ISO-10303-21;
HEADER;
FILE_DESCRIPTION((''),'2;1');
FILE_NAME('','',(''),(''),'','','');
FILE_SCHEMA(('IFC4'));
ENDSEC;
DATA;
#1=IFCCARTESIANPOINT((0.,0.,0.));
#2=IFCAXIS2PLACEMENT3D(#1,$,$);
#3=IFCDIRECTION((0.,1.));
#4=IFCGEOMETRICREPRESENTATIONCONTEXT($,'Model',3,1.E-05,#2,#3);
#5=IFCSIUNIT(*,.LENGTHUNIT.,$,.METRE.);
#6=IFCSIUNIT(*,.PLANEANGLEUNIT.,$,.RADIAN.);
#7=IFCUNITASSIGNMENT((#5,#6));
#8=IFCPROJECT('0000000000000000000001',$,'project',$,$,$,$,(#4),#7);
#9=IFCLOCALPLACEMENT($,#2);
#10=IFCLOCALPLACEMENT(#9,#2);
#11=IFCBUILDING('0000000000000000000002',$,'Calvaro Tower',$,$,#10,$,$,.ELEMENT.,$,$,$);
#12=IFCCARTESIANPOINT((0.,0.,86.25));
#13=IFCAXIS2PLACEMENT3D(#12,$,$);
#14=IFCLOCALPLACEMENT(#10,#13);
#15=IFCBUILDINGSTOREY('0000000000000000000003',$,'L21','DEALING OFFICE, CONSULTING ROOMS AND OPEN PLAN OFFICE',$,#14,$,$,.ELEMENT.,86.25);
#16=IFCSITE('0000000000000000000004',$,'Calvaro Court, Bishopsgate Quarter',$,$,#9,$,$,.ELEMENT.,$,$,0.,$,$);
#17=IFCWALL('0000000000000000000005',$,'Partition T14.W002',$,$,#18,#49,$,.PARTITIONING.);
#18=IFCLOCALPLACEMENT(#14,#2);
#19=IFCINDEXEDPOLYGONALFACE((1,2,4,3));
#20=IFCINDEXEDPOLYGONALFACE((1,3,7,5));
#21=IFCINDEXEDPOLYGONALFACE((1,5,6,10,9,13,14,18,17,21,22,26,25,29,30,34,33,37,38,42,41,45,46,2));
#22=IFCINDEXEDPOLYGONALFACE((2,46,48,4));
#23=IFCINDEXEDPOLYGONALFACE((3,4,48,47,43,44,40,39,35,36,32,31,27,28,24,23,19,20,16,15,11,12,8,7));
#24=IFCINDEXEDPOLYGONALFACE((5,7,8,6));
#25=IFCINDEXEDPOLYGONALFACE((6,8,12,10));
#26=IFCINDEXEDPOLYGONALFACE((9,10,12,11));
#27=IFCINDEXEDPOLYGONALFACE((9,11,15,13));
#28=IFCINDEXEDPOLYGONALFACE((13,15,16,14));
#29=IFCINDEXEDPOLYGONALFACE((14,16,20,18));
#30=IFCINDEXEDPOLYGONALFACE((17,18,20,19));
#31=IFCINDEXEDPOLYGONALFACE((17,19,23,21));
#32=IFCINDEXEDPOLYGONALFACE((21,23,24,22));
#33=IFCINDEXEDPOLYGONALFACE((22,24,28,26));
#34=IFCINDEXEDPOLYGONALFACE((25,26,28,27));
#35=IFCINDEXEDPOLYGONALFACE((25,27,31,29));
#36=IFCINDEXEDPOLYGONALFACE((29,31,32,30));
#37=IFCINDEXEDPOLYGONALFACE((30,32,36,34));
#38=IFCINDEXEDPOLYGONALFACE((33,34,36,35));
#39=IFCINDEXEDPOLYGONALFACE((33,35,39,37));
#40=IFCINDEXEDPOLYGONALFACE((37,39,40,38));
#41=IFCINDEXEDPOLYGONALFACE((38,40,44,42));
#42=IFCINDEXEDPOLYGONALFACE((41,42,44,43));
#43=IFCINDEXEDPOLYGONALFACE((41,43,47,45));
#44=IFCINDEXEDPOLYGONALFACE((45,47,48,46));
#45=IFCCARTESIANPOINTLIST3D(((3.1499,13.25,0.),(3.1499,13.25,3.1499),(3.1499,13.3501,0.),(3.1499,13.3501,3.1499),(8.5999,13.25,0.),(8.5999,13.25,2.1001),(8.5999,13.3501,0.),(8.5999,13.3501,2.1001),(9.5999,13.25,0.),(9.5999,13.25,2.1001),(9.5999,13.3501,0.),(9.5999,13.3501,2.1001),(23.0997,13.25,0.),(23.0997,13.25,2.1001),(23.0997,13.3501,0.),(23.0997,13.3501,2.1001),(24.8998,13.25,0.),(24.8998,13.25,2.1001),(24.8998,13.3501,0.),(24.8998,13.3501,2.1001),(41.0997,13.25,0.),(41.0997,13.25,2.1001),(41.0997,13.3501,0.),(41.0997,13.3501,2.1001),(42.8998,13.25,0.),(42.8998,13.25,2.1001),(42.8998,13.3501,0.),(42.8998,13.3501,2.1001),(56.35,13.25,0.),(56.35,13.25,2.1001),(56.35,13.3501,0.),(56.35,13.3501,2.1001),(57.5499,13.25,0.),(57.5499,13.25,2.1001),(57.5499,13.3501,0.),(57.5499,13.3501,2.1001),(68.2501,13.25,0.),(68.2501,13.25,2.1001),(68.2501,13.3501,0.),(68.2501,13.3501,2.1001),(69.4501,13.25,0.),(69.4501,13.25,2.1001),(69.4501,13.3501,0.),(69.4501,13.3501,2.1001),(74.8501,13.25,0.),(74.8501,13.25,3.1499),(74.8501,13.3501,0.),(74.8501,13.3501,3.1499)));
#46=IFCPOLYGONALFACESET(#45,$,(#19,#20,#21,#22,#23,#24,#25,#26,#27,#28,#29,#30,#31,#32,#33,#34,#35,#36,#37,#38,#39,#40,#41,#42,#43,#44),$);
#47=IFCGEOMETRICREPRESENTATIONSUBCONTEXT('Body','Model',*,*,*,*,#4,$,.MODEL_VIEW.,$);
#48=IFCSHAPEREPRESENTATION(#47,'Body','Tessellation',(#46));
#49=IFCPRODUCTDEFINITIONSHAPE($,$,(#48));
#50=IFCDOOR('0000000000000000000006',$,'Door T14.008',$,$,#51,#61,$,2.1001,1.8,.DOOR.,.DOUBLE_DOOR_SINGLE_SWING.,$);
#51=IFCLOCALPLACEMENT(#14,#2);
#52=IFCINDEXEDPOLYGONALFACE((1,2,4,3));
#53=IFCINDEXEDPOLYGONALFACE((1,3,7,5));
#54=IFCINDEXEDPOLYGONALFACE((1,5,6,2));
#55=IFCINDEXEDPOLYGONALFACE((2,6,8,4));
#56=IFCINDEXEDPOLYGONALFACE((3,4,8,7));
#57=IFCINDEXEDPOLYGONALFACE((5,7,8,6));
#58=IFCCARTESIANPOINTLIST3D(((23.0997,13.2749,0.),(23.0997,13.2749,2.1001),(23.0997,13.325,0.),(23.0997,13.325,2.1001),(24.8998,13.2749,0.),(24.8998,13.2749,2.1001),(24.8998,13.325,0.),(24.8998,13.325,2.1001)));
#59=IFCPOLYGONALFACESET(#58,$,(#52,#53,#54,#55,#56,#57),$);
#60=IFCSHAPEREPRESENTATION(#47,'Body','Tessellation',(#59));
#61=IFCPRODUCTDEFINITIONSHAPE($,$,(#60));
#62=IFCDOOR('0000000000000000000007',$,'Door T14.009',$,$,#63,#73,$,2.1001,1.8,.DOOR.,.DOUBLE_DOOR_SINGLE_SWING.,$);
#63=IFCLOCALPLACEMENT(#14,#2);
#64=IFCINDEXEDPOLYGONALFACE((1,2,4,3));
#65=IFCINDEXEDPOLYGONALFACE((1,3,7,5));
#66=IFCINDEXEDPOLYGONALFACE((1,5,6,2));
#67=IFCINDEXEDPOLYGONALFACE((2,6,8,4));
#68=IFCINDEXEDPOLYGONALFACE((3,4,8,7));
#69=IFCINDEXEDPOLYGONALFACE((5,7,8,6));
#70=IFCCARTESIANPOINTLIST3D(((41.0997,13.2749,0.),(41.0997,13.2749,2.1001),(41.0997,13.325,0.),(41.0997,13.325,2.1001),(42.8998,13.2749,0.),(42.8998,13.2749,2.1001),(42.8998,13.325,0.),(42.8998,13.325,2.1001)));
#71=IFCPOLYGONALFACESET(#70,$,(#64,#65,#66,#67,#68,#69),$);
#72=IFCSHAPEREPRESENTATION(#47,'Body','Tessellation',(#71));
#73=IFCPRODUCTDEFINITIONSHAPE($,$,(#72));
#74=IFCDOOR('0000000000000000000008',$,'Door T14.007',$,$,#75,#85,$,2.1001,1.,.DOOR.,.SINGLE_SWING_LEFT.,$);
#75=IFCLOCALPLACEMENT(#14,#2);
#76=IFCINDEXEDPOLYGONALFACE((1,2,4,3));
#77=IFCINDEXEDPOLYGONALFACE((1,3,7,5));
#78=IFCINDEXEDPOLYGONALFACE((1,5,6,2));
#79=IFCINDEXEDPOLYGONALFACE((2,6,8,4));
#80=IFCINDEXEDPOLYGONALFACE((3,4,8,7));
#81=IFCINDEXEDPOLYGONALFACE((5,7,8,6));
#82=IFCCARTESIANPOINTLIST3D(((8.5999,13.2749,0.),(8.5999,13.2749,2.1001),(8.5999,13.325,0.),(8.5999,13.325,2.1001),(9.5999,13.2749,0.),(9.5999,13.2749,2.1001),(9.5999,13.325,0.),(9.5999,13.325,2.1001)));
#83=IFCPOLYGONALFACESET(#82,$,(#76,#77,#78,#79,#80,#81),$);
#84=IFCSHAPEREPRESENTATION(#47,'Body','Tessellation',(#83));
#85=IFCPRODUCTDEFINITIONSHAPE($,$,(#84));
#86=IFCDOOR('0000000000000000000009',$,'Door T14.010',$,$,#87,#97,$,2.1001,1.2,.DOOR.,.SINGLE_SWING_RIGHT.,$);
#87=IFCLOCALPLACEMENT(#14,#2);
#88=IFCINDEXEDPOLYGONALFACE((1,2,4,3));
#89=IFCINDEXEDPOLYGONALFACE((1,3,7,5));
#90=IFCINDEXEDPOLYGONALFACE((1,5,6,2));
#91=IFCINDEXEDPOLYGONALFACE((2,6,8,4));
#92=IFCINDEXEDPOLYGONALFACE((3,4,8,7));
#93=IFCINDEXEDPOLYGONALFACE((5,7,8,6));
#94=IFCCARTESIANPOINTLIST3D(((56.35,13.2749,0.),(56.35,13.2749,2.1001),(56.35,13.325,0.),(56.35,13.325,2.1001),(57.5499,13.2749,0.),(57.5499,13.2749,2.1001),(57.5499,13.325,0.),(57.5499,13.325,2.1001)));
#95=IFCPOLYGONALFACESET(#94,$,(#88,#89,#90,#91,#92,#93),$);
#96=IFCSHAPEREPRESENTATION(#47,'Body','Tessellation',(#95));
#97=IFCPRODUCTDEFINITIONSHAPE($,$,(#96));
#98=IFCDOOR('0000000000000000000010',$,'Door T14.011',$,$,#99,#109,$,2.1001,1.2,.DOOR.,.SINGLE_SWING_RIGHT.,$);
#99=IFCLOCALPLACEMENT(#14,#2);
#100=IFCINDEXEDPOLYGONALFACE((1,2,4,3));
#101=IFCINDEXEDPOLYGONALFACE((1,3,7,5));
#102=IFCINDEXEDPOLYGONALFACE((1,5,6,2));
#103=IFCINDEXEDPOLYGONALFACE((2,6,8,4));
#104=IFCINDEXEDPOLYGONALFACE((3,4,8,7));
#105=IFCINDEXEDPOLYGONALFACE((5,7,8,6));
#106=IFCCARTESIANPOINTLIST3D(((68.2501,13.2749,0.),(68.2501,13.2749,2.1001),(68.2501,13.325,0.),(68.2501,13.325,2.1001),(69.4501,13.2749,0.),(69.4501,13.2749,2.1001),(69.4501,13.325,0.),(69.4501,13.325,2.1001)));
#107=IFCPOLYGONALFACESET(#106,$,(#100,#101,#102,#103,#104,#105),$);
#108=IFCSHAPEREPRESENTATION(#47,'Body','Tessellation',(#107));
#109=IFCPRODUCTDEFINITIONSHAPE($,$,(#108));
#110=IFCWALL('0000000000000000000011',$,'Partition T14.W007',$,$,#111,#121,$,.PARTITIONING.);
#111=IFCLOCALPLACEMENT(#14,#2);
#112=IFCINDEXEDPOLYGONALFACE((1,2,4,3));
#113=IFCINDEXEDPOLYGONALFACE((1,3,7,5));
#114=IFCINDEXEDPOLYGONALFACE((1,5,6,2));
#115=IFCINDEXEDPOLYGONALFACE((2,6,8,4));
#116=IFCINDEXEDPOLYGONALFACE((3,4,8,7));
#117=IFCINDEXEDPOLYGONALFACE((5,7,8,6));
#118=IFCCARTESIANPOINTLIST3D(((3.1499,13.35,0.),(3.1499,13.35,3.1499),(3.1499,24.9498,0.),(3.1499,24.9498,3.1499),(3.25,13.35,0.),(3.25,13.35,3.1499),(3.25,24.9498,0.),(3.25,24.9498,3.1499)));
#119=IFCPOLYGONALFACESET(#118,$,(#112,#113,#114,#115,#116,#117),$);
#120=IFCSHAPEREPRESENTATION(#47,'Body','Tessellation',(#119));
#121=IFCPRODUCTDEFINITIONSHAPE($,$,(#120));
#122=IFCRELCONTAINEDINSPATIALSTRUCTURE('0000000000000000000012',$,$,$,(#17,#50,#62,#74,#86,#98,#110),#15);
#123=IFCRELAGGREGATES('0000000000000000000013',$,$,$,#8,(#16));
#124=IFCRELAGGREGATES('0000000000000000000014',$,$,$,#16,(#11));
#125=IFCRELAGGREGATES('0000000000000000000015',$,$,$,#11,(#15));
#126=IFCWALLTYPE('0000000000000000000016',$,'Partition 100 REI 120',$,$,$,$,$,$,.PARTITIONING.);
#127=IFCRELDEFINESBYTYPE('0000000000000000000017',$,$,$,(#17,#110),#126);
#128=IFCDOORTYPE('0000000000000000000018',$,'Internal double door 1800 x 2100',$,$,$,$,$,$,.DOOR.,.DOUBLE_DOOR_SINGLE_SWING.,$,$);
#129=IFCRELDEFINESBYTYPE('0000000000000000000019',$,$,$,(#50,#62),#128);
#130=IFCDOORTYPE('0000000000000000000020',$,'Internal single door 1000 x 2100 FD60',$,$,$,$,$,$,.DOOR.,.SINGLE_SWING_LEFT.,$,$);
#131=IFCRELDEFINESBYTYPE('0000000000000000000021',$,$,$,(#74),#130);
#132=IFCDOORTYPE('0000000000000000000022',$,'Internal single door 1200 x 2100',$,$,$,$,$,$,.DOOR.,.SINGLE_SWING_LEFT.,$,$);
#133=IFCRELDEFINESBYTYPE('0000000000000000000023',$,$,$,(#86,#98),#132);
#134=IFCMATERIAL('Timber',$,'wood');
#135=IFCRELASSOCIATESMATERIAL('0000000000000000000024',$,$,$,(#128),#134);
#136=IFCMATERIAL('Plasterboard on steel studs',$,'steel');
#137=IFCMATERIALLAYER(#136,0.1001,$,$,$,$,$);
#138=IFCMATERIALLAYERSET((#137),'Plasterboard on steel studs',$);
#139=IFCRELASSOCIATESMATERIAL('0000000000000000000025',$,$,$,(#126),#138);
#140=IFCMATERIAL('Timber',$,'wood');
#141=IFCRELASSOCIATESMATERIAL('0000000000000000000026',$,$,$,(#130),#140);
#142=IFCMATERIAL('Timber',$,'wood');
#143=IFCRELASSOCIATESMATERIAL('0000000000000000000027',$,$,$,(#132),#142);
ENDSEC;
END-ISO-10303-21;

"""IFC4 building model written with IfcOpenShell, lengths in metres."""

from ifc_helpers import new_model, si_unit, direction, frame, frame_2d, origin, place, context, subcontext, project, spatial, rectangle, extrude, material, layer, layer_set, type_object, element, fill, save


model = new_model("IFC4")

# Units and contexts
model_context = context("Model", 3, precision=1e-05, world=origin(), true_north=direction((0.0, 1.0)))
body_context = subcontext(model_context, "Body", "Model", "MODEL_VIEW")
ifc_project = project(units=[si_unit("LENGTHUNIT", "METRE"), si_unit("PLANEANGLEUNIT", "RADIAN")], contexts=[model_context])

# Site, building, storey
site_placement = place(None, origin())
site = spatial("IfcSite", under=ifc_project, at=site_placement, Name="Calvaro Court, Bishopsgate Quarter", CompositionType="ELEMENT", RefElevation=0.0)
building_placement = place(site_placement, origin())
building = spatial("IfcBuilding", under=site, at=building_placement, Name="Calvaro Tower", CompositionType="ELEMENT")
storey_placement = place(building_placement, frame((0.0, 0.0, 86.25)))
storey = spatial("IfcBuildingStorey", under=building, at=storey_placement, Name="L21", Description="DEALING OFFICE, CONSULTING ROOMS AND OPEN PLAN OFFICE", CompositionType="ELEMENT", Elevation=86.25)

# Shared definitions
ifc_material_1 = material(Name="Timber", Category="wood")
door_type_1 = type_object("IfcDoorType", Name="Internal double door 1800 x 2100", OperationType="DOUBLE_DOOR_SINGLE_SWING", PredefinedType="DOOR", material=ifc_material_1)

# Wall, openings, doors
ifc_material_2 = material(Name="Plasterboard on steel studs", Category="steel")
ifc_layer_1 = layer(ifc_material_2, 0.1001)
ifc_layer_set_1 = layer_set([ifc_layer_1], Name="Plasterboard on steel studs")
wall_type_1 = type_object("IfcWallType", Name="Partition 100 REI 120", PredefinedType="PARTITIONING", material=ifc_layer_set_1)
wall_1_placement = place(storey_placement, frame((3.1499, 13.3, 0.0), z_axis=(0.0, 0.0, 1.0), x_axis=(1.0, 0.0, 0.0)))
wall_1 = element("IfcWall", 1, at=wall_1_placement, inside=storey, type_object=wall_type_1, Name="Partition T14.W002", PredefinedType="PARTITIONING", context=body_context, shape_type="SweptSolid", body=[
    extrude(rectangle(XDim=71.7002, YDim=0.1001, at=frame_2d((35.8501, 0.0))), origin(), (0.0, 0.0, 1.0), 3.1499),
])
opening_1_placement = place(wall_1_placement, frame((5.45, 0.0, 0.0)))
opening_1 = element("IfcOpeningElement", 2, at=opening_1_placement, cuts=wall_1, PredefinedType="OPENING", context=body_context, shape_type="SweptSolid", body=[
    extrude(rectangle(XDim=1.0, YDim=2.1001, at=frame_2d((0.5, 1.05))), frame((0.0, 0.0601, 0.0), z_axis=(0.0, -1.0, 0.0), x_axis=(1.0, 0.0, 0.0)), (0.0, 0.0, 1.0), 0.1201),
])
opening_2_placement = place(wall_1_placement, frame((19.95, 0.0, 0.0)))
opening_2 = element("IfcOpeningElement", 3, at=opening_2_placement, cuts=wall_1, PredefinedType="OPENING", context=body_context, shape_type="SweptSolid", body=[
    extrude(rectangle(XDim=1.8, YDim=2.1001, at=frame_2d((0.8999, 1.05))), frame((0.0, 0.0601, 0.0), z_axis=(0.0, -1.0, 0.0), x_axis=(1.0, 0.0, 0.0)), (0.0, 0.0, 1.0), 0.1201),
])
opening_3_placement = place(wall_1_placement, frame((37.95, 0.0, 0.0)))
opening_3 = element("IfcOpeningElement", 4, at=opening_3_placement, cuts=wall_1, PredefinedType="OPENING", context=body_context, shape_type="SweptSolid", body=[
    extrude(rectangle(XDim=1.8, YDim=2.1001, at=frame_2d((0.8999, 1.05))), frame((0.0, 0.0601, 0.0), z_axis=(0.0, -1.0, 0.0), x_axis=(1.0, 0.0, 0.0)), (0.0, 0.0, 1.0), 0.1201),
])
opening_4_placement = place(wall_1_placement, frame((53.2, 0.0, 0.0)))
opening_4 = element("IfcOpeningElement", 5, at=opening_4_placement, cuts=wall_1, PredefinedType="OPENING", context=body_context, shape_type="SweptSolid", body=[
    extrude(rectangle(XDim=1.2, YDim=2.1001, at=frame_2d((0.6001, 1.05))), frame((0.0, 0.0601, 0.0), z_axis=(0.0, -1.0, 0.0), x_axis=(1.0, 0.0, 0.0)), (0.0, 0.0, 1.0), 0.1201),
])
opening_5_placement = place(wall_1_placement, frame((65.1001, 0.0, 0.0)))
opening_5 = element("IfcOpeningElement", 6, at=opening_5_placement, cuts=wall_1, PredefinedType="OPENING", context=body_context, shape_type="SweptSolid", body=[
    extrude(rectangle(XDim=1.2, YDim=2.1001, at=frame_2d((0.6001, 1.05))), frame((0.0, 0.0601, 0.0), z_axis=(0.0, -1.0, 0.0), x_axis=(1.0, 0.0, 0.0)), (0.0, 0.0, 1.0), 0.1201),
])
door_1_placement = place(opening_2_placement, origin())
door_1 = element("IfcDoor", 7, at=door_1_placement, inside=storey, type_object=door_type_1, Name="Door T14.008", OperationType="DOUBLE_DOOR_SINGLE_SWING", OverallHeight=2.1001, OverallWidth=1.8, PredefinedType="DOOR", context=body_context, shape_type="SweptSolid", body=[
    extrude(rectangle(XDim=1.8, YDim=2.1001, at=frame_2d((0.8999, 1.05))), frame((0.0, 0.0249, 0.0), z_axis=(0.0, -1.0, 0.0), x_axis=(1.0, 0.0, 0.0)), (0.0, 0.0, 1.0), 0.05),
])
fill(opening_2, door_1)
door_2_placement = place(opening_3_placement, origin())
door_2 = element("IfcDoor", 8, at=door_2_placement, inside=storey, type_object=door_type_1, Name="Door T14.009", OperationType="DOUBLE_DOOR_SINGLE_SWING", OverallHeight=2.1001, OverallWidth=1.8, PredefinedType="DOOR", context=body_context, shape_type="SweptSolid", body=[
    extrude(rectangle(XDim=1.8, YDim=2.1001, at=frame_2d((0.8999, 1.05))), frame((0.0, 0.0249, 0.0), z_axis=(0.0, -1.0, 0.0), x_axis=(1.0, 0.0, 0.0)), (0.0, 0.0, 1.0), 0.05),
])
fill(opening_3, door_2)
ifc_material_3 = material(Name="Timber", Category="wood")
door_type_2 = type_object("IfcDoorType", Name="Internal single door 1000 x 2100 FD60", OperationType="SINGLE_SWING_LEFT", PredefinedType="DOOR", material=ifc_material_3)
door_3_placement = place(opening_1_placement, origin())
door_3 = element("IfcDoor", 9, at=door_3_placement, inside=storey, type_object=door_type_2, Name="Door T14.007", OperationType="SINGLE_SWING_LEFT", OverallHeight=2.1001, OverallWidth=1.0, PredefinedType="DOOR", context=body_context, shape_type="SweptSolid", body=[
    extrude(rectangle(XDim=1.0, YDim=2.1001, at=frame_2d((0.5, 1.05))), frame((0.0, 0.0249, 0.0), z_axis=(0.0, -1.0, 0.0), x_axis=(1.0, 0.0, 0.0)), (0.0, 0.0, 1.0), 0.05),
])
fill(opening_1, door_3)
ifc_material_4 = material(Name="Timber", Category="wood")
door_type_3 = type_object("IfcDoorType", Name="Internal single door 1200 x 2100", OperationType="SINGLE_SWING_LEFT", PredefinedType="DOOR", material=ifc_material_4)
door_4_placement = place(opening_4_placement, origin())
door_4 = element("IfcDoor", 10, at=door_4_placement, inside=storey, type_object=door_type_3, Name="Door T14.010", OperationType="SINGLE_SWING_RIGHT", OverallHeight=2.1001, OverallWidth=1.2, PredefinedType="DOOR", context=body_context, shape_type="SweptSolid", body=[
    extrude(rectangle(XDim=1.2, YDim=2.1001, at=frame_2d((0.6001, 1.05))), frame((0.0, 0.0249, 0.0), z_axis=(0.0, -1.0, 0.0), x_axis=(1.0, 0.0, 0.0)), (0.0, 0.0, 1.0), 0.05),
])
fill(opening_4, door_4)
door_5_placement = place(opening_5_placement, origin())
door_5 = element("IfcDoor", 11, at=door_5_placement, inside=storey, type_object=door_type_3, Name="Door T14.011", OperationType="SINGLE_SWING_RIGHT", OverallHeight=2.1001, OverallWidth=1.2, PredefinedType="DOOR", context=body_context, shape_type="SweptSolid", body=[
    extrude(rectangle(XDim=1.2, YDim=2.1001, at=frame_2d((0.6001, 1.05))), frame((0.0, 0.0249, 0.0), z_axis=(0.0, -1.0, 0.0), x_axis=(1.0, 0.0, 0.0)), (0.0, 0.0, 1.0), 0.05),
])
fill(opening_5, door_5)

# Wall
wall_2_placement = place(storey_placement, frame((3.2, 13.3501, 0.0), z_axis=(0.0, 0.0, 1.0), x_axis=(0.0, 1.0, 0.0)))
element("IfcWall", 12, at=wall_2_placement, inside=storey, type_object=wall_type_1, Name="Partition T14.W007", PredefinedType="PARTITIONING", context=body_context, shape_type="SweptSolid", body=[
    extrude(rectangle(XDim=11.5999, YDim=0.1001, at=frame_2d((5.7998, 0.0))), origin(), (0.0, 0.0, 1.0), 3.1499),
])

save(model, "model.ifc")
